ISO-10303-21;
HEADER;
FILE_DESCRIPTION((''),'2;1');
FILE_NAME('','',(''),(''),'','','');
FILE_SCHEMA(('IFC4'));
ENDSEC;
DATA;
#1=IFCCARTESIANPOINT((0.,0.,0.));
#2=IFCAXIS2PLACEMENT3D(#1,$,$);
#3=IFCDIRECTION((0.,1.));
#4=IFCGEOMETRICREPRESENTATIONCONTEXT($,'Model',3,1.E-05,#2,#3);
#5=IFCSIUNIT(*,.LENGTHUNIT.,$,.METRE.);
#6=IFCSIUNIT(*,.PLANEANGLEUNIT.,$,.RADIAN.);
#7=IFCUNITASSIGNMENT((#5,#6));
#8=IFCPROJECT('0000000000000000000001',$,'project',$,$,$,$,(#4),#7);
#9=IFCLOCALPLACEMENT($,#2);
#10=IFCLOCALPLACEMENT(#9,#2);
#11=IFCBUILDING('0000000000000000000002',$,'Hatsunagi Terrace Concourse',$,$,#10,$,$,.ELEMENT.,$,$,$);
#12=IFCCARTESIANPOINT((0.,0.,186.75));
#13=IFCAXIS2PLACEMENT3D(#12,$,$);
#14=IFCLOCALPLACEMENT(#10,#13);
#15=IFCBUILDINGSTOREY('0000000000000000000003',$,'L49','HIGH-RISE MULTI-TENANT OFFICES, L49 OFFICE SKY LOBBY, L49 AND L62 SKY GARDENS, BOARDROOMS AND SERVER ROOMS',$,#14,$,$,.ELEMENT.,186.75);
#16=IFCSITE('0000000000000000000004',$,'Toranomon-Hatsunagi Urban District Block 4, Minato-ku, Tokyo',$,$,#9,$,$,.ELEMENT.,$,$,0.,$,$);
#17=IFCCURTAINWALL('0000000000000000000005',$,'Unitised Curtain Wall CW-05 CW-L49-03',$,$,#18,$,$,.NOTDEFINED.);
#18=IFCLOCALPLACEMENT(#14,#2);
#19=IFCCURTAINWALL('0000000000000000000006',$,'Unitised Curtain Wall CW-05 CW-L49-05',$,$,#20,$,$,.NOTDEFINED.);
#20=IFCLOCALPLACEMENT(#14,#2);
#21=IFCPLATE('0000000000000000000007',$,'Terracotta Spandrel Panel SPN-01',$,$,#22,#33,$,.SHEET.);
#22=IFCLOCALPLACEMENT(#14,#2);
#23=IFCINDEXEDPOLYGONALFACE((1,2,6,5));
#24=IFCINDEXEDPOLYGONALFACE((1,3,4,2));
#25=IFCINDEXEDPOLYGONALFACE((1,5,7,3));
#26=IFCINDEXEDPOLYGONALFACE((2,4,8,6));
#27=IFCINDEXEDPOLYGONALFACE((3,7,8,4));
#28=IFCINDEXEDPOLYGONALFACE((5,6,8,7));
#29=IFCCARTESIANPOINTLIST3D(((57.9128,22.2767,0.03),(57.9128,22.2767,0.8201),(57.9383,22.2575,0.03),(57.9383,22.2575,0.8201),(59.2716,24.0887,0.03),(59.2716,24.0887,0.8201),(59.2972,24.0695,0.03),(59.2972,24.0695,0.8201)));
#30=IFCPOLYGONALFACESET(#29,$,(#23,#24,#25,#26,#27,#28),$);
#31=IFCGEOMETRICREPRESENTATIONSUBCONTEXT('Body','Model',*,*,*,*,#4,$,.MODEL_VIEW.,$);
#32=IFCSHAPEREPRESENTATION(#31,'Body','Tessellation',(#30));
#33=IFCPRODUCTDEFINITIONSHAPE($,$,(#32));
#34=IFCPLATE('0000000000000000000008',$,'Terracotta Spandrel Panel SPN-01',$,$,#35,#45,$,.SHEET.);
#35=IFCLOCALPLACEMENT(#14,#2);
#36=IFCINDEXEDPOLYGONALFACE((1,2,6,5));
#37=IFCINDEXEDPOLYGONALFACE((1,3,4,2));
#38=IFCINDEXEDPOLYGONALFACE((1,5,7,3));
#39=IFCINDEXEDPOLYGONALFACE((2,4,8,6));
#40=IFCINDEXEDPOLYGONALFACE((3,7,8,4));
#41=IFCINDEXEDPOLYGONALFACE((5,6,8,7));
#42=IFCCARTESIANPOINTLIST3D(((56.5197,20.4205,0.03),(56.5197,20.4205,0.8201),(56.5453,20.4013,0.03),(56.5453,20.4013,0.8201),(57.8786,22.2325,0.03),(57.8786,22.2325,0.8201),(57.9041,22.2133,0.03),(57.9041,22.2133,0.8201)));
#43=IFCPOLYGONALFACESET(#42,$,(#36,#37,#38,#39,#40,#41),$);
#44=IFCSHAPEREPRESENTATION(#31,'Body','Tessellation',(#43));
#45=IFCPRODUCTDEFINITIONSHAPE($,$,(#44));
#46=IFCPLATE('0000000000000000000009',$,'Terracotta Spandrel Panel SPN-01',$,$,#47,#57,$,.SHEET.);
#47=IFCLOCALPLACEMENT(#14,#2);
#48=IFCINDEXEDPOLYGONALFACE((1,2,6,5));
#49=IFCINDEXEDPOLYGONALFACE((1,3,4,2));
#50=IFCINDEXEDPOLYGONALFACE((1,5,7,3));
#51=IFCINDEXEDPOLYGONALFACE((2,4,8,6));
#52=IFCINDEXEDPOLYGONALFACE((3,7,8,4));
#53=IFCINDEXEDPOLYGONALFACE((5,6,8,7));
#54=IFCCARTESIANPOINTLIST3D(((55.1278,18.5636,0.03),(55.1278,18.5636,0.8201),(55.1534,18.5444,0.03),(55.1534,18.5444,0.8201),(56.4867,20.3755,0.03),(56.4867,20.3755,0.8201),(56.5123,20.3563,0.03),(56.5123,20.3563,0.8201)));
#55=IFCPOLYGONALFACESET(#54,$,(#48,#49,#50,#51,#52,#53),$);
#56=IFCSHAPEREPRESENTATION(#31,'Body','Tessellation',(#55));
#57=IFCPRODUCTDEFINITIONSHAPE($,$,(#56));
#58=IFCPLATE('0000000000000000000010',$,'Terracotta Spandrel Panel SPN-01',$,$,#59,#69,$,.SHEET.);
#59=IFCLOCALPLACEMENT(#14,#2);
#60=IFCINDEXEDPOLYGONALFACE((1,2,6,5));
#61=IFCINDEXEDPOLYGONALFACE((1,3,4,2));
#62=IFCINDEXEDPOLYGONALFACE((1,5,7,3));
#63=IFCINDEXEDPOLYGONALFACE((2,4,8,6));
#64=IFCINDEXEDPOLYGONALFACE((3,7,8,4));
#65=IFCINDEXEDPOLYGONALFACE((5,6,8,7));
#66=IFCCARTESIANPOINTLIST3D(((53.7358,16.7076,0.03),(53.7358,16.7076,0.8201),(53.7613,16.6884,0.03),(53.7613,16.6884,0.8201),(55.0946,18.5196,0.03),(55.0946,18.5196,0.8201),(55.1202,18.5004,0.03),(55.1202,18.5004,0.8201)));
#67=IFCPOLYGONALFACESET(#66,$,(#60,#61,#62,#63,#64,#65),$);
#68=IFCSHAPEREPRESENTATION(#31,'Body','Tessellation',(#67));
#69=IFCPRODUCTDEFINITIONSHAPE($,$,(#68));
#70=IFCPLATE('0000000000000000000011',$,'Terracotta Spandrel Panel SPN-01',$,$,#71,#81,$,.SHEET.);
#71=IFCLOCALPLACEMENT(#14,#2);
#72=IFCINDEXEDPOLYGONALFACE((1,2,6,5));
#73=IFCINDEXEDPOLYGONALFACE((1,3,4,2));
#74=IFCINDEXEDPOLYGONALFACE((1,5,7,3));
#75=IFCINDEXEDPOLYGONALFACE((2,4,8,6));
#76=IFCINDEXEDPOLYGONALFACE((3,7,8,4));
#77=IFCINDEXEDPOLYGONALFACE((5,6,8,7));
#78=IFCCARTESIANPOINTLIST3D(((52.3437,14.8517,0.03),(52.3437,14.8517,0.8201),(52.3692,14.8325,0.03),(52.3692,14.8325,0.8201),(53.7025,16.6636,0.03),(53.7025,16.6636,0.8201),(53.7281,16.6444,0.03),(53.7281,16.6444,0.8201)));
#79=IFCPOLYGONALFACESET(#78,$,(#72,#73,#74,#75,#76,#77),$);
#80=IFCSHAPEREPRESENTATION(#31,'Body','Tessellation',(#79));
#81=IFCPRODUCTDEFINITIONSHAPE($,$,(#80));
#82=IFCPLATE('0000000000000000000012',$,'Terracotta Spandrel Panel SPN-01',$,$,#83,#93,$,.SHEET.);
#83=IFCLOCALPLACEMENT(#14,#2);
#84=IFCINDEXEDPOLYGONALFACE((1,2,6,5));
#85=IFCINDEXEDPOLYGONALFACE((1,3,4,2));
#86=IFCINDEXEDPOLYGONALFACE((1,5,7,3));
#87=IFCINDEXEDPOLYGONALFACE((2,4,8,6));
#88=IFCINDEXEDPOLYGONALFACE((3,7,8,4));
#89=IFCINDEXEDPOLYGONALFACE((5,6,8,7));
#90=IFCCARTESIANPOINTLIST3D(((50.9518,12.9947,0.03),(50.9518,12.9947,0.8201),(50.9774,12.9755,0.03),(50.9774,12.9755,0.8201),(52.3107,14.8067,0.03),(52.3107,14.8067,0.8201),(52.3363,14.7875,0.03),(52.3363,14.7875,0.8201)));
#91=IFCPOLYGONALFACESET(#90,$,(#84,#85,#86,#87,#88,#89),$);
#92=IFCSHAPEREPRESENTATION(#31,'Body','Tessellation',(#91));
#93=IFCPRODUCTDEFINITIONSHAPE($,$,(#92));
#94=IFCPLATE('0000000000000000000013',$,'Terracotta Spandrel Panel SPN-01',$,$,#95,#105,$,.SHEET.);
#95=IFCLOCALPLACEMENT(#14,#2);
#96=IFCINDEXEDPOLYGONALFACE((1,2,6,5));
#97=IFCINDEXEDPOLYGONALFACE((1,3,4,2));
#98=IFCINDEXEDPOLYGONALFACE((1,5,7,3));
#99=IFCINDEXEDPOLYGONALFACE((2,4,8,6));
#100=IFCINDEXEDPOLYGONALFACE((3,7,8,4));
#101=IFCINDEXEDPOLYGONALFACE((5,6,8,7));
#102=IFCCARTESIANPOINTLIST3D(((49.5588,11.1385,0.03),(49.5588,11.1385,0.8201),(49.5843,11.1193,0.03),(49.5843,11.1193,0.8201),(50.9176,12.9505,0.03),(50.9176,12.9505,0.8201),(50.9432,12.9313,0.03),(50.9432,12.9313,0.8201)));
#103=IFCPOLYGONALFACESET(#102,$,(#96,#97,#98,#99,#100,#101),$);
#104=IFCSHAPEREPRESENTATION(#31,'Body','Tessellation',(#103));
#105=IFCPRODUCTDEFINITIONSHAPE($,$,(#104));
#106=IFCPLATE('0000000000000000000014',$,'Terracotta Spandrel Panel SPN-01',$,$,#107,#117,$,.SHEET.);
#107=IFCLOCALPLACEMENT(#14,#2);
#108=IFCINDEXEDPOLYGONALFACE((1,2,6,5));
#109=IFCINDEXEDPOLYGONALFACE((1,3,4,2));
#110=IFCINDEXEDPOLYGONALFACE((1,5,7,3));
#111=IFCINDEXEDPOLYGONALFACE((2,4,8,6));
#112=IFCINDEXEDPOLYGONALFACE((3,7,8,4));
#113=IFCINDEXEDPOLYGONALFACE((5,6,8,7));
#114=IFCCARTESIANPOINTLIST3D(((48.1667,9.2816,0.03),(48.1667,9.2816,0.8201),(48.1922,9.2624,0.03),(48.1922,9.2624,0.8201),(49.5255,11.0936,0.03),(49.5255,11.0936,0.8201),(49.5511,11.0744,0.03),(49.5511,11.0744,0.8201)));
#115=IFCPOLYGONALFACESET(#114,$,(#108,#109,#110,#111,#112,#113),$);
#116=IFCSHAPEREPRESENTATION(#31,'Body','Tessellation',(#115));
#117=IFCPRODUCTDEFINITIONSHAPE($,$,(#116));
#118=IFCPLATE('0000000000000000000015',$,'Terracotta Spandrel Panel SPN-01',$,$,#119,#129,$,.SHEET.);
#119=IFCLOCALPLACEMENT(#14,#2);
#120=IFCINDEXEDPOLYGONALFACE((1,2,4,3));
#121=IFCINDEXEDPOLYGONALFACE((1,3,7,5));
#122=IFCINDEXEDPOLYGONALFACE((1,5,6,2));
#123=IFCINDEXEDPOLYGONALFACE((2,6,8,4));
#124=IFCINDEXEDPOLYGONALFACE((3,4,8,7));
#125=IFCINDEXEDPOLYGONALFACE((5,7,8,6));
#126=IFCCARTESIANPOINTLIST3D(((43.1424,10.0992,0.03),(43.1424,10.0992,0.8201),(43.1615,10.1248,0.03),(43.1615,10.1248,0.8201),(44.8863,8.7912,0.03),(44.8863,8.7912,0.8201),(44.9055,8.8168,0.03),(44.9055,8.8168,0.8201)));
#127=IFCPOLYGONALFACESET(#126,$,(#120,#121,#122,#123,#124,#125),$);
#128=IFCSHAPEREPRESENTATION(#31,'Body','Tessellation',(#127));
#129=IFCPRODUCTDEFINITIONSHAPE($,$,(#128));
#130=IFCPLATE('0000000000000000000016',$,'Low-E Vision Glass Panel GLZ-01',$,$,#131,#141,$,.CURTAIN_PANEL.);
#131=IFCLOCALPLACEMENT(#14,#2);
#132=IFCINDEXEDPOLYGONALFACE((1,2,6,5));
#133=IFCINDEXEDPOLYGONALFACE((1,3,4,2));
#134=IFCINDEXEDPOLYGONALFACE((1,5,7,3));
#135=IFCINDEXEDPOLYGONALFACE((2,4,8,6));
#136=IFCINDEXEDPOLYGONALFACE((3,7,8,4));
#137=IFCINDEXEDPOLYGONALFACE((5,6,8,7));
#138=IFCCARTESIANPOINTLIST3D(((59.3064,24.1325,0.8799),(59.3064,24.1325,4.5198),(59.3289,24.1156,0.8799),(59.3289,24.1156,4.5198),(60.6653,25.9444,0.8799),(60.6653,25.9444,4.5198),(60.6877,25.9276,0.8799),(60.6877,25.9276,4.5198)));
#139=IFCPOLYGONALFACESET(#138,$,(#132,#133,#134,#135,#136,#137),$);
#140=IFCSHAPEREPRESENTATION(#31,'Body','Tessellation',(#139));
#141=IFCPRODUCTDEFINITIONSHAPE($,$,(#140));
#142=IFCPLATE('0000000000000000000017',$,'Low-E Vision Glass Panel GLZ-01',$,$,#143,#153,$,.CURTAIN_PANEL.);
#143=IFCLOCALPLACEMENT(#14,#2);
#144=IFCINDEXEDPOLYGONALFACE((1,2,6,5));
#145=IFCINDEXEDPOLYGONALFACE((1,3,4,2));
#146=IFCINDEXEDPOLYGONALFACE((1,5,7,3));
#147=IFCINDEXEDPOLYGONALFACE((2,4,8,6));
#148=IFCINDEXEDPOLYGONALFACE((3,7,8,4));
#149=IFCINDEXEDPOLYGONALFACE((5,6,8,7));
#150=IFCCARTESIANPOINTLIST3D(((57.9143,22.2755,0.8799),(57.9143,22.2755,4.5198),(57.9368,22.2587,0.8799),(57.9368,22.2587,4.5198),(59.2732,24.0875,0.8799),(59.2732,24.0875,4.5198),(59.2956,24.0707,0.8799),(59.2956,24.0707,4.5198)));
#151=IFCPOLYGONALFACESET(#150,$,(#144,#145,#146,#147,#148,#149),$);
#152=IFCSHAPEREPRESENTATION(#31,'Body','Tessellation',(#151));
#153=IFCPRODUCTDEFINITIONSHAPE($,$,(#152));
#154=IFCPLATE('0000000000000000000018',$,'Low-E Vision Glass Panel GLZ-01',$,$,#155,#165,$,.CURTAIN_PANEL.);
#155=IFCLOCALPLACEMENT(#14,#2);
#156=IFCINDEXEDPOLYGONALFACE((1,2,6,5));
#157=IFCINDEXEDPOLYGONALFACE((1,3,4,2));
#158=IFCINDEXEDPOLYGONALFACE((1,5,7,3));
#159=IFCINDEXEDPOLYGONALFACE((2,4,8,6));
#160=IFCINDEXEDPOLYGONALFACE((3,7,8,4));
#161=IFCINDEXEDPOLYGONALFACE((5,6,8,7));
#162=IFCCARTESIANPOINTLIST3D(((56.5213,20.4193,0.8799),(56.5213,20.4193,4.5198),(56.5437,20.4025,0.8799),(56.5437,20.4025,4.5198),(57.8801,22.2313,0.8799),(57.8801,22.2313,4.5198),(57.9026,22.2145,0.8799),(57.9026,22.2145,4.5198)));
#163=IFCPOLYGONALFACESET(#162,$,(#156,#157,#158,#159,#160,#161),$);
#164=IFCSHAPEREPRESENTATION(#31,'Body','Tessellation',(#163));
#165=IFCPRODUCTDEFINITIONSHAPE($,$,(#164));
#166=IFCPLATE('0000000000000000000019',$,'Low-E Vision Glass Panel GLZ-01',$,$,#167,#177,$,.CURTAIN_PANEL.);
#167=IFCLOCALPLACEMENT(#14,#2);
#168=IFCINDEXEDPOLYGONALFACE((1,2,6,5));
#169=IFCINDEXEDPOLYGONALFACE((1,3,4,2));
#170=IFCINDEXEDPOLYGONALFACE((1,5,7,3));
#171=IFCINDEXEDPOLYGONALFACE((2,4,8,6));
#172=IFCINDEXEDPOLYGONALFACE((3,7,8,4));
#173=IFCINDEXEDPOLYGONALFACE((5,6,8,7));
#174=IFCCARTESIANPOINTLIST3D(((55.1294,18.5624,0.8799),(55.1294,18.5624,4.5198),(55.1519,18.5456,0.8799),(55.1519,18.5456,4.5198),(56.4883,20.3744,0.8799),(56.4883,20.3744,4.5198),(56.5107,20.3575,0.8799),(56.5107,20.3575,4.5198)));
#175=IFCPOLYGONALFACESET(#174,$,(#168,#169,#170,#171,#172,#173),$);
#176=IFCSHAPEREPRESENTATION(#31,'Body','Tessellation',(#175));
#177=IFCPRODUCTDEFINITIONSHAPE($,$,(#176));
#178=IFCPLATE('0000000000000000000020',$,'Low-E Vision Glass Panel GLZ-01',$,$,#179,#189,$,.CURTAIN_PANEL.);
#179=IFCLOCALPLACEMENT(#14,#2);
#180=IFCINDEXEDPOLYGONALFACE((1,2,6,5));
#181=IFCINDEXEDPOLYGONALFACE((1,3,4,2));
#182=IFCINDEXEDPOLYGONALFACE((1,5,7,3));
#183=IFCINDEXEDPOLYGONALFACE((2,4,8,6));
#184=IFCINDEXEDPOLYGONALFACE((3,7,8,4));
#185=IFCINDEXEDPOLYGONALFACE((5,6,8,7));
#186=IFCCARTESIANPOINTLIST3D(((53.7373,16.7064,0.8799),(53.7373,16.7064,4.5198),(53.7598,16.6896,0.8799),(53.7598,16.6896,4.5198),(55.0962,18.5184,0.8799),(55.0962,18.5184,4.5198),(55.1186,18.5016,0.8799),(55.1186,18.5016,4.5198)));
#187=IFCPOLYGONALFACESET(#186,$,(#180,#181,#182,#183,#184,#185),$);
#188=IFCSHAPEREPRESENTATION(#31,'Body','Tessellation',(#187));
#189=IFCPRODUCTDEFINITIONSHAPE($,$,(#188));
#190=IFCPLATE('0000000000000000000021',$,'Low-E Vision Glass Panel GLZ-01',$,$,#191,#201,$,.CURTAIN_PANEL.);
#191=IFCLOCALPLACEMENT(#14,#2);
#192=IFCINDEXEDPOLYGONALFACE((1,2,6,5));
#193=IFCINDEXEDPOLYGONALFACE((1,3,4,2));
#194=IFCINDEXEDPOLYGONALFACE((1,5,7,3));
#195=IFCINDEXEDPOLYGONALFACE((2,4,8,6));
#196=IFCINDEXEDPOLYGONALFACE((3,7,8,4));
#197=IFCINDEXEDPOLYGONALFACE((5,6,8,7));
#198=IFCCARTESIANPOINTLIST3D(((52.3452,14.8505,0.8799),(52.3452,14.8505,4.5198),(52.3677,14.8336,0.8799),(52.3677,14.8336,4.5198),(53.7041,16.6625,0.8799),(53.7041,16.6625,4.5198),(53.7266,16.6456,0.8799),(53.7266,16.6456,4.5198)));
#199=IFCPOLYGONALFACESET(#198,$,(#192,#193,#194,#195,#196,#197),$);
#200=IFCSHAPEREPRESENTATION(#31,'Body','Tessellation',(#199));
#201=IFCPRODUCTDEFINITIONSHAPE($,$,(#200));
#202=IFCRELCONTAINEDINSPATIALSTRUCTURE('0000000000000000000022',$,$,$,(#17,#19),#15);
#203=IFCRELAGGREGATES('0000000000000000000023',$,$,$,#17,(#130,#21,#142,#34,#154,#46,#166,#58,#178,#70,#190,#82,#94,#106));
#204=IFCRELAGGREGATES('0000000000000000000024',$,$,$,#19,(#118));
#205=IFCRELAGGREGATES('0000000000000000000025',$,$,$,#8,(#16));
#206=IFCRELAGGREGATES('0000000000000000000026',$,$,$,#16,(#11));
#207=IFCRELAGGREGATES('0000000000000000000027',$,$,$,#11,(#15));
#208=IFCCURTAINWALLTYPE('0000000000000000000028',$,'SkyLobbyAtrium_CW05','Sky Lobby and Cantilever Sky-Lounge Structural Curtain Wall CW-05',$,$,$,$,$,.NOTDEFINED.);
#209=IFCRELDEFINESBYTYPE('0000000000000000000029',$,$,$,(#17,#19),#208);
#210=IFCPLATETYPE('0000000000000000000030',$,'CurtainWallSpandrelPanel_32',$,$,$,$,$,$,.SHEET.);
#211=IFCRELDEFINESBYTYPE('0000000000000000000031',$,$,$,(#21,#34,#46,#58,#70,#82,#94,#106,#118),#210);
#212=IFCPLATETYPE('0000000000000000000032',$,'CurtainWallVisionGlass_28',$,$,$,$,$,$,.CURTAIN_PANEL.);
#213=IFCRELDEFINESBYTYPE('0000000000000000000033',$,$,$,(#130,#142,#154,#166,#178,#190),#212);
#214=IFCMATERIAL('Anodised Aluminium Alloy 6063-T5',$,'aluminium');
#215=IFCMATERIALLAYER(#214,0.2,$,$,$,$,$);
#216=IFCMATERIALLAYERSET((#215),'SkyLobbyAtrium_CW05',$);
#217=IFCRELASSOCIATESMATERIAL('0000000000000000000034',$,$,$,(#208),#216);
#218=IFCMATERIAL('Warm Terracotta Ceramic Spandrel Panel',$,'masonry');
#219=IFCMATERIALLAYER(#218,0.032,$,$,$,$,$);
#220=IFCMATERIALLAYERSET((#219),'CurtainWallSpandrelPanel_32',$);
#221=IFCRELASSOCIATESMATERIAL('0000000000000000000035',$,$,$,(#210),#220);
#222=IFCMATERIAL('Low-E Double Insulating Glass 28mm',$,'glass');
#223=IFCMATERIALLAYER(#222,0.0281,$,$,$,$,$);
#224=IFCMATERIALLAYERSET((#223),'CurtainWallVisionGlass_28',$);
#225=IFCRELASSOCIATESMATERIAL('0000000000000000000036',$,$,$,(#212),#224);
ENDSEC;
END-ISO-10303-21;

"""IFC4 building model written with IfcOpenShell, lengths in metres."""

from ifc_helpers import new_model, si_unit, direction, frame, origin, origin_2d, place, context, subcontext, project, spatial, rectangle, extrude, material, layer, layer_set, type_object, element, aggregate, save


model = new_model("IFC4")

# Units and contexts
model_context = context("Model", 3, precision=1e-05, world=origin(), true_north=direction((0.0, 1.0)))
body_context = subcontext(model_context, "Body", "Model", "MODEL_VIEW")
ifc_project = project(units=[si_unit("LENGTHUNIT", "METRE"), si_unit("PLANEANGLEUNIT", "RADIAN")], contexts=[model_context])

# Site, building, storey
site_placement = place(None, origin())
site = spatial("IfcSite", under=ifc_project, at=site_placement, Name="Toranomon-Hatsunagi Urban District Block 4, Minato-ku, Tokyo", CompositionType="ELEMENT", RefElevation=0.0)
building_placement = place(site_placement, origin())
building = spatial("IfcBuilding", under=site, at=building_placement, Name="Hatsunagi Terrace Concourse", CompositionType="ELEMENT")
storey_placement = place(building_placement, frame((0.0, 0.0, 186.75)))
storey = spatial("IfcBuildingStorey", under=building, at=storey_placement, Name="L49", Description="HIGH-RISE MULTI-TENANT OFFICES, L49 OFFICE SKY LOBBY, L49 AND L62 SKY GARDENS, BOARDROOMS AND SERVER ROOMS", CompositionType="ELEMENT", Elevation=186.75)

# Curtain walls
ifc_material_1 = material(Name="Anodised Aluminium Alloy 6063-T5", Category="aluminium")
ifc_layer_1 = layer(ifc_material_1, 0.2)
ifc_layer_set_1 = layer_set([ifc_layer_1], Name="SkyLobbyAtrium_CW05")
curtain_wall_type = type_object("IfcCurtainWallType", Name="SkyLobbyAtrium_CW05", Description="Sky Lobby and Cantilever Sky-Lounge Structural Curtain Wall CW-05", PredefinedType="NOTDEFINED", material=ifc_layer_set_1)
curtain_wall_1_placement = place(storey_placement, origin())
curtain_wall_1 = element("IfcCurtainWall", 1, at=curtain_wall_1_placement, inside=storey, type_object=curtain_wall_type, Name="Unitised Curtain Wall CW-05 CW-L49-03", PredefinedType="NOTDEFINED")
curtain_wall_2_placement = place(storey_placement, origin())
curtain_wall_2 = element("IfcCurtainWall", 2, at=curtain_wall_2_placement, inside=storey, type_object=curtain_wall_type, Name="Unitised Curtain Wall CW-05 CW-L49-05", PredefinedType="NOTDEFINED")

# Plates
ifc_material_2 = material(Name="Warm Terracotta Ceramic Spandrel Panel", Category="masonry")
ifc_layer_2 = layer(ifc_material_2, 0.032)
ifc_layer_set_2 = layer_set([ifc_layer_2], Name="CurtainWallSpandrelPanel_32")
plate_type_1 = type_object("IfcPlateType", Name="CurtainWallSpandrelPanel_32", PredefinedType="SHEET", material=ifc_layer_set_2)
plate_1_placement = place(storey_placement, frame((58.605, 23.1731, 0.03), z_axis=(0.0, 0.0, 1.0), x_axis=(-0.599969, -0.800023, 0.0)))
plate_1 = element("IfcPlate", 3, at=plate_1_placement, type_object=plate_type_1, Name="Terracotta Spandrel Panel SPN-01", PredefinedType="SHEET", context=body_context, shape_type="SweptSolid", body=[
    extrude(rectangle(XDim=2.2649, YDim=0.032, at=origin_2d()), origin(), (0.0, 0.0, 1.0), 0.79),
])
plate_2_placement = place(storey_placement, frame((57.2119, 21.3169, 0.03), z_axis=(0.0, 0.0, 1.0), x_axis=(-0.599969, -0.800023, 0.0)))
plate_2 = element("IfcPlate", 4, at=plate_2_placement, type_object=plate_type_1, Name="Terracotta Spandrel Panel SPN-01", PredefinedType="SHEET", context=body_context, shape_type="SweptSolid", body=[
    extrude(rectangle(XDim=2.2649, YDim=0.032, at=origin_2d()), origin(), (0.0, 0.0, 1.0), 0.79),
])
plate_3_placement = place(storey_placement, frame((55.8201, 19.46, 0.03), z_axis=(0.0, 0.0, 1.0), x_axis=(-0.599969, -0.800023, 0.0)))
plate_3 = element("IfcPlate", 5, at=plate_3_placement, type_object=plate_type_1, Name="Terracotta Spandrel Panel SPN-01", PredefinedType="SHEET", context=body_context, shape_type="SweptSolid", body=[
    extrude(rectangle(XDim=2.2649, YDim=0.032, at=origin_2d()), origin(), (0.0, 0.0, 1.0), 0.79),
])
plate_4_placement = place(storey_placement, frame((54.428, 17.604, 0.03), z_axis=(0.0, 0.0, 1.0), x_axis=(-0.599969, -0.800023, 0.0)))
plate_4 = element("IfcPlate", 6, at=plate_4_placement, type_object=plate_type_1, Name="Terracotta Spandrel Panel SPN-01", PredefinedType="SHEET", context=body_context, shape_type="SweptSolid", body=[
    extrude(rectangle(XDim=2.2649, YDim=0.032, at=origin_2d()), origin(), (0.0, 0.0, 1.0), 0.79),
])
plate_5_placement = place(storey_placement, frame((53.0359, 15.748, 0.03), z_axis=(0.0, 0.0, 1.0), x_axis=(-0.599969, -0.800023, 0.0)))
plate_5 = element("IfcPlate", 7, at=plate_5_placement, type_object=plate_type_1, Name="Terracotta Spandrel Panel SPN-01", PredefinedType="SHEET", context=body_context, shape_type="SweptSolid", body=[
    extrude(rectangle(XDim=2.2649, YDim=0.032, at=origin_2d()), origin(), (0.0, 0.0, 1.0), 0.79),
])
plate_6_placement = place(storey_placement, frame((51.644, 13.8911, 0.03), z_axis=(0.0, 0.0, 1.0), x_axis=(-0.599969, -0.800023, 0.0)))
plate_6 = element("IfcPlate", 8, at=plate_6_placement, type_object=plate_type_1, Name="Terracotta Spandrel Panel SPN-01", PredefinedType="SHEET", context=body_context, shape_type="SweptSolid", body=[
    extrude(rectangle(XDim=2.2649, YDim=0.032, at=origin_2d()), origin(), (0.0, 0.0, 1.0), 0.79),
])
plate_7_placement = place(storey_placement, frame((50.251, 12.0349, 0.03), z_axis=(0.0, 0.0, 1.0), x_axis=(-0.599969, -0.800023, 0.0)))
plate_7 = element("IfcPlate", 9, at=plate_7_placement, type_object=plate_type_1, Name="Terracotta Spandrel Panel SPN-01", PredefinedType="SHEET", context=body_context, shape_type="SweptSolid", body=[
    extrude(rectangle(XDim=2.2649, YDim=0.032, at=origin_2d()), origin(), (0.0, 0.0, 1.0), 0.79),
])
plate_8_placement = place(storey_placement, frame((48.8589, 10.178, 0.03), z_axis=(0.0, 0.0, 1.0), x_axis=(-0.599969, -0.800023, 0.0)))
plate_8 = element("IfcPlate", 10, at=plate_8_placement, type_object=plate_type_1, Name="Terracotta Spandrel Panel SPN-01", PredefinedType="SHEET", context=body_context, shape_type="SweptSolid", body=[
    extrude(rectangle(XDim=2.2649, YDim=0.032, at=origin_2d()), origin(), (0.0, 0.0, 1.0), 0.79),
])
plate_9_placement = place(storey_placement, frame((44.0239, 9.458, 0.03), z_axis=(0.0, 0.0, 1.0), x_axis=(-0.800005, 0.599993, 0.0)))
plate_9 = element("IfcPlate", 11, at=plate_9_placement, type_object=plate_type_1, Name="Terracotta Spandrel Panel SPN-01", PredefinedType="SHEET", context=body_context, shape_type="SweptSolid", body=[
    extrude(rectangle(XDim=2.1799, YDim=0.032, at=origin_2d()), origin(), (0.0, 0.0, 1.0), 0.79),
])
ifc_material_3 = material(Name="Low-E Double Insulating Glass 28mm", Category="glass")
ifc_layer_3 = layer(ifc_material_3, 0.0281)
ifc_layer_set_3 = layer_set([ifc_layer_3], Name="CurtainWallVisionGlass_28")
plate_type_2 = type_object("IfcPlateType", Name="CurtainWallVisionGlass_28", PredefinedType="CURTAIN_PANEL", material=ifc_layer_set_3)
plate_10_placement = place(storey_placement, frame((59.9971, 25.03, 0.8799), z_axis=(0.0, 0.0, 1.0), x_axis=(-0.599969, -0.800023, 0.0)))
plate_10 = element("IfcPlate", 12, at=plate_10_placement, type_object=plate_type_2, Name="Low-E Vision Glass Panel GLZ-01", PredefinedType="CURTAIN_PANEL", context=body_context, shape_type="SweptSolid", body=[
    extrude(rectangle(XDim=2.2649, YDim=0.0281, at=origin_2d()), origin(), (0.0, 0.0, 1.0), 3.6399),
])
plate_11_placement = place(storey_placement, frame((58.605, 23.1731, 0.8799), z_axis=(0.0, 0.0, 1.0), x_axis=(-0.599969, -0.800023, 0.0)))
plate_11 = element("IfcPlate", 13, at=plate_11_placement, type_object=plate_type_2, Name="Low-E Vision Glass Panel GLZ-01", PredefinedType="CURTAIN_PANEL", context=body_context, shape_type="SweptSolid", body=[
    extrude(rectangle(XDim=2.2649, YDim=0.0281, at=origin_2d()), origin(), (0.0, 0.0, 1.0), 3.6399),
])
plate_12_placement = place(storey_placement, frame((57.2119, 21.3169, 0.8799), z_axis=(0.0, 0.0, 1.0), x_axis=(-0.599969, -0.800023, 0.0)))
plate_12 = element("IfcPlate", 14, at=plate_12_placement, type_object=plate_type_2, Name="Low-E Vision Glass Panel GLZ-01", PredefinedType="CURTAIN_PANEL", context=body_context, shape_type="SweptSolid", body=[
    extrude(rectangle(XDim=2.2649, YDim=0.0281, at=origin_2d()), origin(), (0.0, 0.0, 1.0), 3.6399),
])
plate_13_placement = place(storey_placement, frame((55.8201, 19.46, 0.8799), z_axis=(0.0, 0.0, 1.0), x_axis=(-0.599969, -0.800023, 0.0)))
plate_13 = element("IfcPlate", 15, at=plate_13_placement, type_object=plate_type_2, Name="Low-E Vision Glass Panel GLZ-01", PredefinedType="CURTAIN_PANEL", context=body_context, shape_type="SweptSolid", body=[
    extrude(rectangle(XDim=2.2649, YDim=0.0281, at=origin_2d()), origin(), (0.0, 0.0, 1.0), 3.6399),
])
plate_14_placement = place(storey_placement, frame((54.428, 17.604, 0.8799), z_axis=(0.0, 0.0, 1.0), x_axis=(-0.599969, -0.800023, 0.0)))
plate_14 = element("IfcPlate", 16, at=plate_14_placement, type_object=plate_type_2, Name="Low-E Vision Glass Panel GLZ-01", PredefinedType="CURTAIN_PANEL", context=body_context, shape_type="SweptSolid", body=[
    extrude(rectangle(XDim=2.2649, YDim=0.0281, at=origin_2d()), origin(), (0.0, 0.0, 1.0), 3.6399),
])
plate_15_placement = place(storey_placement, frame((53.0359, 15.748, 0.8799), z_axis=(0.0, 0.0, 1.0), x_axis=(-0.599969, -0.800023, 0.0)))
plate_15 = element("IfcPlate", 17, at=plate_15_placement, type_object=plate_type_2, Name="Low-E Vision Glass Panel GLZ-01", PredefinedType="CURTAIN_PANEL", context=body_context, shape_type="SweptSolid", body=[
    extrude(rectangle(XDim=2.2649, YDim=0.0281, at=origin_2d()), origin(), (0.0, 0.0, 1.0), 3.6399),
])
aggregate(curtain_wall_1, [plate_10, plate_1, plate_11, plate_2, plate_12, plate_3, plate_13, plate_4, plate_14, plate_5, plate_15, plate_6, plate_7, plate_8])
aggregate(curtain_wall_2, [plate_9])

save(model, "model.ifc")
